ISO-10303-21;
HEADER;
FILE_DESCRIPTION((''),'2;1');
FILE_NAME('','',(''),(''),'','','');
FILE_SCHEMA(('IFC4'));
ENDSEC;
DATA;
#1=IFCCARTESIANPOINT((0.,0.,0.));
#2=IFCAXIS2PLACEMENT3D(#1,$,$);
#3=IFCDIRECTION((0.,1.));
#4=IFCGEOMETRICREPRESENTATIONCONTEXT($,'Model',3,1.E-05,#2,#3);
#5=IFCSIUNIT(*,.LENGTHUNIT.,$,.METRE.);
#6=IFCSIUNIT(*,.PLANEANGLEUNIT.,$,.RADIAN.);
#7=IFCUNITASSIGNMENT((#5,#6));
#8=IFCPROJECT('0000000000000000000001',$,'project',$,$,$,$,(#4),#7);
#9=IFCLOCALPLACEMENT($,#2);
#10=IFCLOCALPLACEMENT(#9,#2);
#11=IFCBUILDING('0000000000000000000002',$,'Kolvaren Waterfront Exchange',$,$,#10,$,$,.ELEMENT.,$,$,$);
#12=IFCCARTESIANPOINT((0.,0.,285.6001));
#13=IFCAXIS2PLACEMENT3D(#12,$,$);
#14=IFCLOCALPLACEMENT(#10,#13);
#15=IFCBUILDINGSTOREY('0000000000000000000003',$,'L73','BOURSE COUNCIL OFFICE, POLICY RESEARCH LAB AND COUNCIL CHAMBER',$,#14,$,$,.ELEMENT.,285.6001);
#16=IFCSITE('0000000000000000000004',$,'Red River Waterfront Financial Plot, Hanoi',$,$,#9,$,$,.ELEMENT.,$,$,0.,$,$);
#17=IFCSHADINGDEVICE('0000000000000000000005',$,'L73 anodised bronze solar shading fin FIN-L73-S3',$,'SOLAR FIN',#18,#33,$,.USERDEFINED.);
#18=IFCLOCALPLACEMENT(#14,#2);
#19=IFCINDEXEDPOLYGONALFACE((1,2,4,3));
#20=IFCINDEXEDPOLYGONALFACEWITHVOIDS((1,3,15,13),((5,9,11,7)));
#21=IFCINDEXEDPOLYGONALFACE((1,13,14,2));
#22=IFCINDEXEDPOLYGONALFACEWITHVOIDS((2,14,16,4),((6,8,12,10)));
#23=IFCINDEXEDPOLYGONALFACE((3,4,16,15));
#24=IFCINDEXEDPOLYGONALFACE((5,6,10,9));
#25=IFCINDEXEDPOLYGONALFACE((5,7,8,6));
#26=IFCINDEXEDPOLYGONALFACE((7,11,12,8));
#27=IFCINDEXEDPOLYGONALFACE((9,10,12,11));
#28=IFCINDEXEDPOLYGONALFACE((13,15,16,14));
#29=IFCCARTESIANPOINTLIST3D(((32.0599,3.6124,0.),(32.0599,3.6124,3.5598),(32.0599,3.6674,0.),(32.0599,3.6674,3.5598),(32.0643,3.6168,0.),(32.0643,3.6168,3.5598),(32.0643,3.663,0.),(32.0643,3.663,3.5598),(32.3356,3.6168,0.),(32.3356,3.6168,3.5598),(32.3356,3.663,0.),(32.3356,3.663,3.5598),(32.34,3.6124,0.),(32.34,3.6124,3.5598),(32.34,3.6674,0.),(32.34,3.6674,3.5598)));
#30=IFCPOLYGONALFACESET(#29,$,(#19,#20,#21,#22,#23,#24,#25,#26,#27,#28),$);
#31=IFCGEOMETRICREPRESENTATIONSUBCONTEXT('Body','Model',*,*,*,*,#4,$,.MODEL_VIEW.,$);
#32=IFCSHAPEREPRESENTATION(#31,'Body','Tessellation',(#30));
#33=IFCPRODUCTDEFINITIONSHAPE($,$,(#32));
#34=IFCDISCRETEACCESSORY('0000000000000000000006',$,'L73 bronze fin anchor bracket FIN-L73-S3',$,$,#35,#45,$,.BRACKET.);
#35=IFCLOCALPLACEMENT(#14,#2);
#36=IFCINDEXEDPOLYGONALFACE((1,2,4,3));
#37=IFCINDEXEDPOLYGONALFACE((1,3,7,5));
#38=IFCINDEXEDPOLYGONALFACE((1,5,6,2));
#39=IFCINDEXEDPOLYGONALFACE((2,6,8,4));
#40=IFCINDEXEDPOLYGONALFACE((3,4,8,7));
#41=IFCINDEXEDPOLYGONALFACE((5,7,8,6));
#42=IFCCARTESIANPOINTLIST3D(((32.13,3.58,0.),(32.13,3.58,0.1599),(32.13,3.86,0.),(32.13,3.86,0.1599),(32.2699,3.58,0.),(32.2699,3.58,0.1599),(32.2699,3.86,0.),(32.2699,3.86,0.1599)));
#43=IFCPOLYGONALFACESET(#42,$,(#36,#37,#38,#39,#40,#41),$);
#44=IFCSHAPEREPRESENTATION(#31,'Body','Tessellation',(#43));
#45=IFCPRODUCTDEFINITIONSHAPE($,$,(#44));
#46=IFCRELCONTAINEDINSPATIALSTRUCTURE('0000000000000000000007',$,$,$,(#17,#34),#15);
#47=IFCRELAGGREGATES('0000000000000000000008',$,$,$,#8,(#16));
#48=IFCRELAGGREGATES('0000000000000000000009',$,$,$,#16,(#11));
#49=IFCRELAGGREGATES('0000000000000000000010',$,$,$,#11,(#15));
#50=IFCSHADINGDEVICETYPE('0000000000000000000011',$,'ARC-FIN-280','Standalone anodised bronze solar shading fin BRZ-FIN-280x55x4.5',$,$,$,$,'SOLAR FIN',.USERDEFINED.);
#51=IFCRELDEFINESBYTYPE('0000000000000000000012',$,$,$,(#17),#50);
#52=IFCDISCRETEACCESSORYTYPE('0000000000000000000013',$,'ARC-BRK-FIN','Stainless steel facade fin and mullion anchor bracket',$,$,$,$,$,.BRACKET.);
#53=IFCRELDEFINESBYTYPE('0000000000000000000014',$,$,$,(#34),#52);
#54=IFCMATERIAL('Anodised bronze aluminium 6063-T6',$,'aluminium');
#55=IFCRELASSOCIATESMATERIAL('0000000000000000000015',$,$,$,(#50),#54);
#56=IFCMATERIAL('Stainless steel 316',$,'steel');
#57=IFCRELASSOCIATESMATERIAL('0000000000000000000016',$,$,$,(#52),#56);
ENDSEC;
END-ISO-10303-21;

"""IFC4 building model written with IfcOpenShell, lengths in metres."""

from ifc_helpers import new_model, si_unit, direction, frame, origin, origin_with_axes, origin_2d, place, context, subcontext, project, spatial, rectangle, hollow_rectangle, extrude, source, transform, mapped, material, material_profile, profile_set, type_object, element, save


model = new_model("IFC4")

# Units and contexts
model_context = context("Model", 3, precision=1e-05, world=origin(), true_north=direction((0.0, 1.0)))
body_context = subcontext(model_context, "Body", "Model", "MODEL_VIEW")
ifc_project = project(units=[si_unit("LENGTHUNIT", "METRE"), si_unit("PLANEANGLEUNIT", "RADIAN")], contexts=[model_context])

# Site, building, storey
site_placement = place(None, origin())
site = spatial("IfcSite", under=ifc_project, at=site_placement, Name="Red River Waterfront Financial Plot, Hanoi", CompositionType="ELEMENT", RefElevation=0.0)
building_placement = place(site_placement, origin())
building = spatial("IfcBuilding", under=site, at=building_placement, Name="Kolvaren Waterfront Exchange", CompositionType="ELEMENT")
storey_placement = place(building_placement, frame((0.0, 0.0, 285.6001)))
storey = spatial("IfcBuildingStorey", under=building, at=storey_placement, Name="L73", Description="BOURSE COUNCIL OFFICE, POLICY RESEARCH LAB AND COUNCIL CHAMBER", CompositionType="ELEMENT", Elevation=285.6001)

# Shared definitions
ifc_material_1 = material(Name="Anodised bronze aluminium 6063-T6", Category="aluminium")

# Shading device
ifc_material_profile_1 = material_profile(ifc_material_1, hollow_rectangle(XDim=0.0549, YDim=0.28, WallThickness=0.0044, at=origin_2d()), Name="BRZ-FIN-280x55x4.5")
ifc_profile_set_1 = profile_set([ifc_material_profile_1], Name="Anodised bronze aluminium 6063-T6")
shading_device_type = type_object("IfcShadingDeviceType", Name="ARC-FIN-280", Description="Standalone anodised bronze solar shading fin BRZ-FIN-280x55x4.5", ElementType="SOLAR FIN", PredefinedType="USERDEFINED", material=ifc_profile_set_1)
shading_device_placement = place(storey_placement, frame((32.2, 3.6399, 0.0), z_axis=(0.0, 0.0, 1.0), x_axis=(0.0, -1.0, 0.0)))
element("IfcShadingDevice", 1, at=shading_device_placement, inside=storey, type_object=shading_device_type, Name="L73 anodised bronze solar shading fin FIN-L73-S3", ObjectType="SOLAR FIN", PredefinedType="USERDEFINED", context=body_context, shape_type="SweptSolid", body=[
    extrude(hollow_rectangle(XDim=0.0549, YDim=0.28, WallThickness=0.0044, at=origin_2d()), origin(), (0.0, 0.0, 1.0), 3.5598),
])

# Discrete accessory
ifc_material_2 = material(Name="Stainless steel 316", Category="steel")
discrete_accessory_type = type_object("IfcDiscreteAccessoryType", Name="ARC-BRK-FIN", Description="Stainless steel facade fin and mullion anchor bracket", PredefinedType="BRACKET", material=ifc_material_2)
shared_shape_1 = source(origin_with_axes(), body_context, "Body", "SweptSolid", [
    extrude(rectangle(XDim=0.28, YDim=0.1399, at=origin_2d()), origin(), (0.0, 0.0, 1.0), 0.1599),
])
discrete_accessory_placement = place(storey_placement, frame((32.2, 3.72, 0.0), z_axis=(0.0, 0.0, 1.0), x_axis=(0.0, -1.0, 0.0)))
element("IfcDiscreteAccessory", 2, at=discrete_accessory_placement, inside=storey, type_object=discrete_accessory_type, Name="L73 bronze fin anchor bracket FIN-L73-S3", PredefinedType="BRACKET", context=body_context, shape_type="MappedRepresentation", body=[
    mapped(shared_shape_1, transform((0.0, 0.0, 0.0), x_axis=(1.0, 0.0, 0.0), y_axis=(0.0, 1.0, 0.0), z_axis=(0.0, 0.0, 1.0), scale=1.0)),
])

save(model, "model.ifc")
